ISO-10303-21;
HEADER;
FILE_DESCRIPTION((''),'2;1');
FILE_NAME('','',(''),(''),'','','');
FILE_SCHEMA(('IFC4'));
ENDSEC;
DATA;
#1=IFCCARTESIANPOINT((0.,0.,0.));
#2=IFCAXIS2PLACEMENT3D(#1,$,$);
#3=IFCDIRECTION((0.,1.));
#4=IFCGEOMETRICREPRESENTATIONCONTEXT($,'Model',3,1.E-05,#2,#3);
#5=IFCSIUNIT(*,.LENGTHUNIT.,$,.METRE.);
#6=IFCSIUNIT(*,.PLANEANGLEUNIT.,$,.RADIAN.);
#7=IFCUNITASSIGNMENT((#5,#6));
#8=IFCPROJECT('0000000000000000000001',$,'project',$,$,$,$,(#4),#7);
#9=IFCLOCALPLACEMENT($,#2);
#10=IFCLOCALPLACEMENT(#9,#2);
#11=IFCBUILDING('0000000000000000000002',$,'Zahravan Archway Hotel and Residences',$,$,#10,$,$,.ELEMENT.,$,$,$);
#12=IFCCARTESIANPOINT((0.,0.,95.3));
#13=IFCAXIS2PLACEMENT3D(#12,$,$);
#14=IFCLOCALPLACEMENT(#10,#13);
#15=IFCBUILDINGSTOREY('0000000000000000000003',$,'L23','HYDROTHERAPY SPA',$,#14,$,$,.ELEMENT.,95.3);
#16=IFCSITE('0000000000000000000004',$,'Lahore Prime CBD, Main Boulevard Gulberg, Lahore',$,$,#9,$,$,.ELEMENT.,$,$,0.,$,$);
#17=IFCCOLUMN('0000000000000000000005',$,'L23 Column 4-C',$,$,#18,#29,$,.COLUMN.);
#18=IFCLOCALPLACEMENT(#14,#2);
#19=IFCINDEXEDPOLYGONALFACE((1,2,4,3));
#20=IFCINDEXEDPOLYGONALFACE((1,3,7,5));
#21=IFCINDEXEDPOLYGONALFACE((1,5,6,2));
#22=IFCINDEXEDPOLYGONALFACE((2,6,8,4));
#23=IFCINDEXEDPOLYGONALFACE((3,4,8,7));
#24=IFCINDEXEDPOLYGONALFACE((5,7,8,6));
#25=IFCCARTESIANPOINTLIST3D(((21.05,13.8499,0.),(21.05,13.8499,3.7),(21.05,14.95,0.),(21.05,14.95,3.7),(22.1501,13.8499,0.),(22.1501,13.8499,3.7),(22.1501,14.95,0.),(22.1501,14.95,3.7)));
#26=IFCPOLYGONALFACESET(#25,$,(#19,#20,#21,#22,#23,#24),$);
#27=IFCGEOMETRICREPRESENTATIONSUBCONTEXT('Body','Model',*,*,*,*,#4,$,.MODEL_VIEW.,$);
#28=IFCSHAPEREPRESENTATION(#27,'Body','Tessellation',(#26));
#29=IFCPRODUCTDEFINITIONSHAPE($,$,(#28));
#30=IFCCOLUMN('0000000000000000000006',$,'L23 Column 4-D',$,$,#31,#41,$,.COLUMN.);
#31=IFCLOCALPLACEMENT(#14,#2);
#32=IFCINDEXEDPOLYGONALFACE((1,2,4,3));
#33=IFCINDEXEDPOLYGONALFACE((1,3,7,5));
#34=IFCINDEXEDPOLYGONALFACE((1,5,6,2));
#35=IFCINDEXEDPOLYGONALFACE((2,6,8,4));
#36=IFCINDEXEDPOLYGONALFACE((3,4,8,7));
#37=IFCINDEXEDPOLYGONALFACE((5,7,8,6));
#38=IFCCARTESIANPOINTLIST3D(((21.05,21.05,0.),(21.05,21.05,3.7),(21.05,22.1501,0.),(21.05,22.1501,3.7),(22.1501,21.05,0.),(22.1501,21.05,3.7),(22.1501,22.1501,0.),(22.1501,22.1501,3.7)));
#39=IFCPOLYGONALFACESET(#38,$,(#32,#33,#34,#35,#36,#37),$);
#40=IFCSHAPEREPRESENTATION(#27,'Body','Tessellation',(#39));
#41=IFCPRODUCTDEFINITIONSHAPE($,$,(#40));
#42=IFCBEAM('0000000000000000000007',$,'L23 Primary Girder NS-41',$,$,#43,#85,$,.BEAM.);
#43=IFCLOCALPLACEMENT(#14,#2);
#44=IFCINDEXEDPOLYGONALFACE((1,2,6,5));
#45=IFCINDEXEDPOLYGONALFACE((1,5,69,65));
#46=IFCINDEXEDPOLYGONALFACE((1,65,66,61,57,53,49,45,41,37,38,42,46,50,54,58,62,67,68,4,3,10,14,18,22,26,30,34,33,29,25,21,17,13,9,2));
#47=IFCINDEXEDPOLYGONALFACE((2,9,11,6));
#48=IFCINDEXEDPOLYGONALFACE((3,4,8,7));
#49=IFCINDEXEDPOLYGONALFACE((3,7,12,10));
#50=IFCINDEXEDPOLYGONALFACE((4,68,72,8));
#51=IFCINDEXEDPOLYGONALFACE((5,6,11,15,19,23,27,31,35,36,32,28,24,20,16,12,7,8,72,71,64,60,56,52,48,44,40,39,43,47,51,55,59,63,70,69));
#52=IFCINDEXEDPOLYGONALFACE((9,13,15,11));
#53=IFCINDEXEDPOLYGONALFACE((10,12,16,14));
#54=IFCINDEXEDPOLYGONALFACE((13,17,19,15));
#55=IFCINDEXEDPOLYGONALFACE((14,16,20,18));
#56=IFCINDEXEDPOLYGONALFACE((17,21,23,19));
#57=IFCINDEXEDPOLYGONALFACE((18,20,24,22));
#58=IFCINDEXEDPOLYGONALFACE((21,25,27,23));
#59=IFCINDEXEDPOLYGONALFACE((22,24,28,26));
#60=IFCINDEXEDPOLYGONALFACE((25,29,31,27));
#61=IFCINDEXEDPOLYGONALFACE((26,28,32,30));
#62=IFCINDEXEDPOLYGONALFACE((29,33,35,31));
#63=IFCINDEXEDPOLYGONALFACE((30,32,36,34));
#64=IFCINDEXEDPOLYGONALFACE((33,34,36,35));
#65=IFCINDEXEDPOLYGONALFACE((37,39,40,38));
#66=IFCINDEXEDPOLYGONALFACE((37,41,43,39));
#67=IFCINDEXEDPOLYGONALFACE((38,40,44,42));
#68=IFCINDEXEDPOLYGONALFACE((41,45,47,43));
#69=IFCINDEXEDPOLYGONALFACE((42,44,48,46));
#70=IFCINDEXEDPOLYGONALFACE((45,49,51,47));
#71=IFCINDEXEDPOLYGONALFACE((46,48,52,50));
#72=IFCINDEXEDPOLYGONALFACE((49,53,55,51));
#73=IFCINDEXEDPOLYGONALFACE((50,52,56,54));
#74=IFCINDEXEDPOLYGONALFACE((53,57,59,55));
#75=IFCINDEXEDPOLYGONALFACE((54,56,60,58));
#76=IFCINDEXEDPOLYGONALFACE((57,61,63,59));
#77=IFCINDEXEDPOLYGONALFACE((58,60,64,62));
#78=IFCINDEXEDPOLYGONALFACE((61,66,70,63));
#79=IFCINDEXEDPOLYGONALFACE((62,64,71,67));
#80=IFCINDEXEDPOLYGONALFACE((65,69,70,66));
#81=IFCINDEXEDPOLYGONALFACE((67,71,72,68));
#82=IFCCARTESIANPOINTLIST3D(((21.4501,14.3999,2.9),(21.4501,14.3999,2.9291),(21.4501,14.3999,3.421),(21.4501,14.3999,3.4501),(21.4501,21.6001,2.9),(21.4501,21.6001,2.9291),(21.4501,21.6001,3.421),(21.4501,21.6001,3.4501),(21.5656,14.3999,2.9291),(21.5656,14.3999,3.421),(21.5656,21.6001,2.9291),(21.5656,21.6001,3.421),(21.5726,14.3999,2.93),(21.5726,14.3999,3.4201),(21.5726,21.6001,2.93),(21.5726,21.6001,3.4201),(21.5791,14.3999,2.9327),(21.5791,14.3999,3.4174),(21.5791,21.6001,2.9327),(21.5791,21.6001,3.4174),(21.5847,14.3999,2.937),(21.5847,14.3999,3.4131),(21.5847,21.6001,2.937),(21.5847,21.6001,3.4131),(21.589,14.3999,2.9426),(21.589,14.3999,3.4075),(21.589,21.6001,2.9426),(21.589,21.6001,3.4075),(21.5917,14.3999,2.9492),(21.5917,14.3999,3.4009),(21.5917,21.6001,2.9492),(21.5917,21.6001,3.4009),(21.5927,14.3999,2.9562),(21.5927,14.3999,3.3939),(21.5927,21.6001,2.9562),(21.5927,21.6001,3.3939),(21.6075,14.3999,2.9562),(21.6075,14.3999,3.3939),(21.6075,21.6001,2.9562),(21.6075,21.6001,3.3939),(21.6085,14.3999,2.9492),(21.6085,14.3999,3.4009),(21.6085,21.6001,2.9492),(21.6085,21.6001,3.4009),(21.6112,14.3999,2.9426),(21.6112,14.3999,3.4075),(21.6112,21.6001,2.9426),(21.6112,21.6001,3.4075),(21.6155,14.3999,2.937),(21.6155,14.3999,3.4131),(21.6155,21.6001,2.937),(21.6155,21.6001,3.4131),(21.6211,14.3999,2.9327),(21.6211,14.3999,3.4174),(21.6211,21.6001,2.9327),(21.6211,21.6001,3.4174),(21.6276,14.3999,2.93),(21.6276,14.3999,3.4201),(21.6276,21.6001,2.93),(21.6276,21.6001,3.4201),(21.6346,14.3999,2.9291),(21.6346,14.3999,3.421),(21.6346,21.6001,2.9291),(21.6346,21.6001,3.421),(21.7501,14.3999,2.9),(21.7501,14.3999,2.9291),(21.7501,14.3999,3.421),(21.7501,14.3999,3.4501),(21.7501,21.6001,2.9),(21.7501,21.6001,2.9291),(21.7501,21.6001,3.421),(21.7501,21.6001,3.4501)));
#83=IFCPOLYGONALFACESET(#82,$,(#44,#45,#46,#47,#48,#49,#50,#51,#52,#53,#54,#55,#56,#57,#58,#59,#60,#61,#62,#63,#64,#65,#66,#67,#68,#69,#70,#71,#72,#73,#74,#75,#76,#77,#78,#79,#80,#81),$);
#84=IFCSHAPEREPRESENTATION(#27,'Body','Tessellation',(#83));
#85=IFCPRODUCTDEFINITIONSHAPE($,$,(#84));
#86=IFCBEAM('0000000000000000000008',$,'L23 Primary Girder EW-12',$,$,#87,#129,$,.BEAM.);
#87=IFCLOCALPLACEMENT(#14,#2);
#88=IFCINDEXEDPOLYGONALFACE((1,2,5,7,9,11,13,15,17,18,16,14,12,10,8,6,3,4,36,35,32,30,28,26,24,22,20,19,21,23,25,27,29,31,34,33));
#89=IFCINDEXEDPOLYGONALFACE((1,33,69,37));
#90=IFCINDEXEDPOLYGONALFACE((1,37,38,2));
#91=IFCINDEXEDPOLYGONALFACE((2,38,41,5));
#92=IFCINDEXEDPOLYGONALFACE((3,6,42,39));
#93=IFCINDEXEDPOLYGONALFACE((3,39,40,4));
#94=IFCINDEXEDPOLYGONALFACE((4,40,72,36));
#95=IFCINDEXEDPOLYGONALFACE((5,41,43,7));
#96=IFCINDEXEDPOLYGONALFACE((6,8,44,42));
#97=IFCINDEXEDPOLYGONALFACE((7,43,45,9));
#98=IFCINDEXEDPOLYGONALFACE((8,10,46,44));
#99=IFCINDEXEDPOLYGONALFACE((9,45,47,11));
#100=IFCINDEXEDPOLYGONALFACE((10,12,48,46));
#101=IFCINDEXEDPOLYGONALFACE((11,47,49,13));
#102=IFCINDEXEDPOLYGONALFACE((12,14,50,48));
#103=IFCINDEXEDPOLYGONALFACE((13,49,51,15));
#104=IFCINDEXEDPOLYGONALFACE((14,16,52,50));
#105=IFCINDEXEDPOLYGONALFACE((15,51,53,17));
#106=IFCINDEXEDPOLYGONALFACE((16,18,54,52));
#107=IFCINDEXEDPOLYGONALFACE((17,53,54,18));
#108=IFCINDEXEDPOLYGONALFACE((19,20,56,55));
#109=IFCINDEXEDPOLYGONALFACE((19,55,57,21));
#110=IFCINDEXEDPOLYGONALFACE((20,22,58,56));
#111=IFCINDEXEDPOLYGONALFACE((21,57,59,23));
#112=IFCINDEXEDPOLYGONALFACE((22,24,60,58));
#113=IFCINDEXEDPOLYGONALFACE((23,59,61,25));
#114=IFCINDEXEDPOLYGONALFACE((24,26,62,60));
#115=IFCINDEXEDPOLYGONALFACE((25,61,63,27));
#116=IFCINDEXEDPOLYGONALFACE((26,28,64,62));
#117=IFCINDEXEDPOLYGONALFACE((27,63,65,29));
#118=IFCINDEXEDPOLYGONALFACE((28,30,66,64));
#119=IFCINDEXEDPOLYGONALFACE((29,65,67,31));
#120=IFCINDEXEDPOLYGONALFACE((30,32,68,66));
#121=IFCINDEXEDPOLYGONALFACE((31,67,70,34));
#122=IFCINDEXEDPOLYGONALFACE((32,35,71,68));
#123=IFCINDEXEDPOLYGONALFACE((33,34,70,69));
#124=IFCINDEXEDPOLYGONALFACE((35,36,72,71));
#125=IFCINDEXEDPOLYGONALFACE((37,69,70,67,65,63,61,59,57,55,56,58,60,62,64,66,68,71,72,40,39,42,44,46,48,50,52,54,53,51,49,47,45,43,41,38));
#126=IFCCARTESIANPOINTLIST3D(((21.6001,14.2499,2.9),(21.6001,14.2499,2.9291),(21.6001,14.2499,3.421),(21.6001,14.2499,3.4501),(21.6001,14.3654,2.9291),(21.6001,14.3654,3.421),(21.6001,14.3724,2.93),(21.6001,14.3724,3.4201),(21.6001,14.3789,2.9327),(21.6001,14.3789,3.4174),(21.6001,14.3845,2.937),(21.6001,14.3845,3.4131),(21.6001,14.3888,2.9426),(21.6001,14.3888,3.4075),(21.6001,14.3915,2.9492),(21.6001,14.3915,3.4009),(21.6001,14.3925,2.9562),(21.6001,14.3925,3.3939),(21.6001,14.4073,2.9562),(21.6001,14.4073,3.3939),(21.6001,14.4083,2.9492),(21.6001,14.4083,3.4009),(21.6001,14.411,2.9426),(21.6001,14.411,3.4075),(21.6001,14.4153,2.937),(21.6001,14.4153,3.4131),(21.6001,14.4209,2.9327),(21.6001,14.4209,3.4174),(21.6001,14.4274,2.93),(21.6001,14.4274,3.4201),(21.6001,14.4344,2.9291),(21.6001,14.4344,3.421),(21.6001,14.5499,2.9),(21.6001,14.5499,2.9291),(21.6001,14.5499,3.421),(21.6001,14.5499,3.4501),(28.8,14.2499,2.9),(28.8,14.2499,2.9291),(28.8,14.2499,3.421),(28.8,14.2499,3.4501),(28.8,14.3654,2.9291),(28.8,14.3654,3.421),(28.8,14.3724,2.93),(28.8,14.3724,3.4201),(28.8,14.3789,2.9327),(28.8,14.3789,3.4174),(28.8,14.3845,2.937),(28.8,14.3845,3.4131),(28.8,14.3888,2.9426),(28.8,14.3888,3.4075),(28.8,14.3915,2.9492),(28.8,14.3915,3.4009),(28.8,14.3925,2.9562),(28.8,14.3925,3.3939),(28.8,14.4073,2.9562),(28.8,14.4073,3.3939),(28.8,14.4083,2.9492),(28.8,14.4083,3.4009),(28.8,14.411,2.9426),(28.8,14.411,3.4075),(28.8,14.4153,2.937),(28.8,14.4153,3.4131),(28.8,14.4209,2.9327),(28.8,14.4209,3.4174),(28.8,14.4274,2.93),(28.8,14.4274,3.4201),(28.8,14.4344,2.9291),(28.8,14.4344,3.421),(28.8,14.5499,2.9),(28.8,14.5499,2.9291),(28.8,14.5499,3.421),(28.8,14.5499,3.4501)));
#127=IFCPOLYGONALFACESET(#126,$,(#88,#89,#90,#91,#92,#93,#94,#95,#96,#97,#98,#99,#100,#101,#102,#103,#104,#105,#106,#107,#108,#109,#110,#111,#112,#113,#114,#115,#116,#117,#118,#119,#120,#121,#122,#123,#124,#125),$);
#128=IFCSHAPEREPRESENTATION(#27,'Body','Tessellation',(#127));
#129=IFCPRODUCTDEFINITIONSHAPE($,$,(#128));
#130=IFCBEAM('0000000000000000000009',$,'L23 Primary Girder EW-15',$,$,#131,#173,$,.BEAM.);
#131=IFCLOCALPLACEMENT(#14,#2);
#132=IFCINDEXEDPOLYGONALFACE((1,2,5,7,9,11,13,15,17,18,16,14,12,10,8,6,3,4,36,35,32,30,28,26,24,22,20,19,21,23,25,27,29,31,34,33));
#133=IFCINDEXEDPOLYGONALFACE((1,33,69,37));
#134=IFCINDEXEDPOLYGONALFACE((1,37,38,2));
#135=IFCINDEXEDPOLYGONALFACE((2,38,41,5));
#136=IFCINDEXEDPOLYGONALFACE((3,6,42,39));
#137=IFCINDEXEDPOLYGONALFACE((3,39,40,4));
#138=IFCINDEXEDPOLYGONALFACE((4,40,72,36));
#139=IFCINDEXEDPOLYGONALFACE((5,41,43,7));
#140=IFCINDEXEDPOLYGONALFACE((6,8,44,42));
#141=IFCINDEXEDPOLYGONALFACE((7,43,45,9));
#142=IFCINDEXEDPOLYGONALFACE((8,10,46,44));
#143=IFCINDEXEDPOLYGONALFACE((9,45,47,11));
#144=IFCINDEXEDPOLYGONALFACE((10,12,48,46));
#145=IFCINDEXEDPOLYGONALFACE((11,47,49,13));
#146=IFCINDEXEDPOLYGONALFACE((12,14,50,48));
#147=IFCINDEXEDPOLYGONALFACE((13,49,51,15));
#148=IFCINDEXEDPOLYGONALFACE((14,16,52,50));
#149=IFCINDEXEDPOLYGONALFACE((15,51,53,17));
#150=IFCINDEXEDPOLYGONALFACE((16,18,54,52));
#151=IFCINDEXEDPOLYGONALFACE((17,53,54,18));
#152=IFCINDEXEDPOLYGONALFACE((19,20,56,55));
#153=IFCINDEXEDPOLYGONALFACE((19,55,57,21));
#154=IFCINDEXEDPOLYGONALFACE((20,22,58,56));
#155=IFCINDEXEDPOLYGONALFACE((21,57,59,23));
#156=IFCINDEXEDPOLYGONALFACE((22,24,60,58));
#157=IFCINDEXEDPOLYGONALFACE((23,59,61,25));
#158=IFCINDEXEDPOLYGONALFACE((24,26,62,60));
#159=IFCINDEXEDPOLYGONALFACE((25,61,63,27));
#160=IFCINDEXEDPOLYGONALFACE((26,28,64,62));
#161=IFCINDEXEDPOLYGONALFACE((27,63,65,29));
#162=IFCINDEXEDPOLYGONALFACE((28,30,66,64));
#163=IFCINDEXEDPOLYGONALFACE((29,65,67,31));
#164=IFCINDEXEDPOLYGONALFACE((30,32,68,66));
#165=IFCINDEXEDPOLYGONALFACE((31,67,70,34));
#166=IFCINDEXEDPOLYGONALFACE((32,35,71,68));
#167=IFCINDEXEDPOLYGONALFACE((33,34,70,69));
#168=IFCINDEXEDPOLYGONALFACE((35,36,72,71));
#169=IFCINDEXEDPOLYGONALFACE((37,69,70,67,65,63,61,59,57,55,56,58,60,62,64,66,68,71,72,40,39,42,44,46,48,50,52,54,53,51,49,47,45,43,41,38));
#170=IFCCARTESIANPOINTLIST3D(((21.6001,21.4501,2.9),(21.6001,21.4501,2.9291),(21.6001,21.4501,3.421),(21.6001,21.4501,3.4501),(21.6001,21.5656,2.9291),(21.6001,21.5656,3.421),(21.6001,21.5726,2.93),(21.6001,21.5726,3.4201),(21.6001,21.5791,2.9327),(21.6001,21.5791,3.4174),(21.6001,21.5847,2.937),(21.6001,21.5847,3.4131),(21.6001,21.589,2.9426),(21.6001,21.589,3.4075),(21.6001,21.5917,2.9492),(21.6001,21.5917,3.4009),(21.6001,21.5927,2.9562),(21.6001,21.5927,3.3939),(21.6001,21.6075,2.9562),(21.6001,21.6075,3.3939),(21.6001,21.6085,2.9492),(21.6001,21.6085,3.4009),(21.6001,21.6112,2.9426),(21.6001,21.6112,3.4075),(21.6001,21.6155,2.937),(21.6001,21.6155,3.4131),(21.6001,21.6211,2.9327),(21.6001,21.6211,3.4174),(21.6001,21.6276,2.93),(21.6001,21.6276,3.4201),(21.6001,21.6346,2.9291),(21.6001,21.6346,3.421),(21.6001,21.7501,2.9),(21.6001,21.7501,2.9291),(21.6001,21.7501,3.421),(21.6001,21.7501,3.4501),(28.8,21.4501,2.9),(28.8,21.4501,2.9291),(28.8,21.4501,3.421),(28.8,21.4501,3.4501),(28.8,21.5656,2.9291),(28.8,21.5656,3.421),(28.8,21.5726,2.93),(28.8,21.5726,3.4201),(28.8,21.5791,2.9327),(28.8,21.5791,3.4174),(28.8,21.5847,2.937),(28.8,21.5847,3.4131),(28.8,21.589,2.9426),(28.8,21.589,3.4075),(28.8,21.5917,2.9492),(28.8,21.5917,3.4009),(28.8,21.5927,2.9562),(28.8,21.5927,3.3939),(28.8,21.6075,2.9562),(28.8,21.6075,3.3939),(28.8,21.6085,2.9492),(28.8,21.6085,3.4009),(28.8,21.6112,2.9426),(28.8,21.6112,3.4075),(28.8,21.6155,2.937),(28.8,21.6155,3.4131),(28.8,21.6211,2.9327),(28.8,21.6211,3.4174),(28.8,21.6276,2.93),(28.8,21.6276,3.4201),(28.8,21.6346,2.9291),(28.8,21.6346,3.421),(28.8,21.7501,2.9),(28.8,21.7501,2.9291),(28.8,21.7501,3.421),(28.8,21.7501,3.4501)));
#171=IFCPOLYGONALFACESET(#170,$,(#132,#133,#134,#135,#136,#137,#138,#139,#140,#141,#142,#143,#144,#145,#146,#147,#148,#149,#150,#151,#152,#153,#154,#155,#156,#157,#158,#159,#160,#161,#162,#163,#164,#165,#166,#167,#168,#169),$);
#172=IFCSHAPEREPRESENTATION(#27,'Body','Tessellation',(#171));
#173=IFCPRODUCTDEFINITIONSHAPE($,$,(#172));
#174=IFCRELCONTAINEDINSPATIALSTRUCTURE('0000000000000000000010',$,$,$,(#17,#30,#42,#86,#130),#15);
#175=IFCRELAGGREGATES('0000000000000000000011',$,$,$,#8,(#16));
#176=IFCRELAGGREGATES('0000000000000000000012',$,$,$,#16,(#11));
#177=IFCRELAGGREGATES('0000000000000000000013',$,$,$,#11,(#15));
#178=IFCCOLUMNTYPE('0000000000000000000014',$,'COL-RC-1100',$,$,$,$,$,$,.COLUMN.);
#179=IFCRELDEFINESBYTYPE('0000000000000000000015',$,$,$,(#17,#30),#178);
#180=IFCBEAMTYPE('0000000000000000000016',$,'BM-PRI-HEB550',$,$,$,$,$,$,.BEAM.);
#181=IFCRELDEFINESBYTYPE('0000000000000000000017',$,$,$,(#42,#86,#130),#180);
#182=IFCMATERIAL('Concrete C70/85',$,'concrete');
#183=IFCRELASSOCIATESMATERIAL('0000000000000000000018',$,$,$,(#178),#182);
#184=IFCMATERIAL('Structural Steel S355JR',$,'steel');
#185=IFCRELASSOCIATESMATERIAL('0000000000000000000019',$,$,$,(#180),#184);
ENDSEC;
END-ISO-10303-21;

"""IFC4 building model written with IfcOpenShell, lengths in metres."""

from ifc_helpers import new_model, si_unit, direction, frame, origin, origin_2d, place, context, subcontext, project, spatial, rectangle, i_section, extrude, source, transform, mapped, material, material_profile, profile_set, type_object, type_shapes, element, save


model = new_model("IFC4")

# Units and contexts
model_context = context("Model", 3, precision=1e-05, world=origin(), true_north=direction((0.0, 1.0)))
body_context = subcontext(model_context, "Body", "Model", "MODEL_VIEW")
ifc_project = project(units=[si_unit("LENGTHUNIT", "METRE"), si_unit("PLANEANGLEUNIT", "RADIAN")], contexts=[model_context])

# Site, building, storey
site_placement = place(None, origin())
site = spatial("IfcSite", under=ifc_project, at=site_placement, Name="Lahore Prime CBD, Main Boulevard Gulberg, Lahore", CompositionType="ELEMENT", RefElevation=0.0)
building_placement = place(site_placement, origin())
building = spatial("IfcBuilding", under=site, at=building_placement, Name="Zahravan Archway Hotel and Residences", CompositionType="ELEMENT")
storey_placement = place(building_placement, frame((0.0, 0.0, 95.3)))
storey = spatial("IfcBuildingStorey", under=building, at=storey_placement, Name="L23", Description="HYDROTHERAPY SPA", CompositionType="ELEMENT", Elevation=95.3)

# Columns
ifc_material_1 = material(Name="Concrete C70/85", Category="concrete")
ifc_material_profile_1 = material_profile(ifc_material_1, rectangle(XDim=1.1001, YDim=1.1001, at=origin_2d()), Name="RC 1100x1100", Category="concrete")
ifc_profile_set_1 = profile_set([ifc_material_profile_1], Name="Concrete C70/85")
column_type = type_object("IfcColumnType", Name="COL-RC-1100", PredefinedType="COLUMN", material=ifc_profile_set_1)
shared_shape_1 = source(origin(), body_context, "Body", "SweptSolid", [
    extrude(rectangle(XDim=1.1001, YDim=1.1001, at=origin_2d()), origin(), (0.0, 0.0, 1.0), 3.7),
])
for number, where, z_axis, x_axis, name in (
    (1, (21.6001, 14.3999, 0.0), (0.0, 0.0, 1.0), (1.0, 0.0, 0.0), "L23 Column 4-C"),
    (2, (21.6001, 21.6001, 0.0), (0.0, 0.0, 1.0), (1.0, 0.0, 0.0), "L23 Column 4-D"),
):
    element("IfcColumn", number, at=place(storey_placement, frame(where, z_axis=z_axis, x_axis=x_axis)), inside=storey, type_object=column_type, Name=name, PredefinedType="COLUMN", context=body_context, shape_type="MappedRepresentation", body=[
        mapped(shared_shape_1, transform((0.0, 0.0, 0.0), scale=1.0)),
    ])

# Beams
ifc_material_2 = material(Name="Structural Steel S355JR", Category="steel")
ifc_material_profile_2 = material_profile(ifc_material_2, i_section(OverallWidth=0.3, OverallDepth=0.55, WebThickness=0.0149, FlangeThickness=0.0291, FilletRadius=0.0271, at=origin_2d()), Name="HEB 550", Category="steel")
ifc_profile_set_2 = profile_set([ifc_material_profile_2], Name="Structural Steel S355JR")
beam_type_1 = type_object("IfcBeamType", Name="BM-PRI-HEB550", PredefinedType="BEAM", material=ifc_profile_set_2)
shared_shape_2 = source(origin(), body_context, "Body", "SweptSolid", [
    extrude(i_section(OverallWidth=0.3, OverallDepth=0.55, WebThickness=0.0149, FlangeThickness=0.0291, FilletRadius=0.0271, at=origin_2d()), origin(), (0.0, 0.0, 1.0), 7.2002),
])
type_shapes(beam_type_1, [shared_shape_2])
beam_placement = place(storey_placement, frame((21.6001, 14.3999, 3.175), z_axis=(0.0, 1.0, 0.0), x_axis=(-1.0, 0.0, 0.0)))
element("IfcBeam", 3, at=beam_placement, inside=storey, type_object=beam_type_1, Name="L23 Primary Girder NS-41", PredefinedType="BEAM", context=body_context, shape_type="MappedRepresentation", body=[
    mapped(shared_shape_2, transform((0.0, 0.0, 0.0), scale=1.0)),
])
shared_shape_3 = source(origin(), body_context, "Body", "SweptSolid", [
    extrude(i_section(OverallWidth=0.3, OverallDepth=0.55, WebThickness=0.0149, FlangeThickness=0.0291, FilletRadius=0.0271, at=origin_2d()), origin(), (0.0, 0.0, 1.0), 7.2),
])
for number, where, z_axis, x_axis, name in (
    (4, (21.6001, 14.3999, 3.175), (1.0, 0.0, 0.0), (0.0, 1.0, 0.0), "L23 Primary Girder EW-12"),
    (5, (21.6001, 21.6001, 3.175), (1.0, 0.0, 0.0), (0.0, 1.0, 0.0), "L23 Primary Girder EW-15"),
):
    element("IfcBeam", number, at=place(storey_placement, frame(where, z_axis=z_axis, x_axis=x_axis)), inside=storey, type_object=beam_type_1, Name=name, PredefinedType="BEAM", context=body_context, shape_type="MappedRepresentation", body=[
        mapped(shared_shape_3, transform((0.0, 0.0, 0.0), scale=1.0)),
    ])

save(model, "model.ifc")
